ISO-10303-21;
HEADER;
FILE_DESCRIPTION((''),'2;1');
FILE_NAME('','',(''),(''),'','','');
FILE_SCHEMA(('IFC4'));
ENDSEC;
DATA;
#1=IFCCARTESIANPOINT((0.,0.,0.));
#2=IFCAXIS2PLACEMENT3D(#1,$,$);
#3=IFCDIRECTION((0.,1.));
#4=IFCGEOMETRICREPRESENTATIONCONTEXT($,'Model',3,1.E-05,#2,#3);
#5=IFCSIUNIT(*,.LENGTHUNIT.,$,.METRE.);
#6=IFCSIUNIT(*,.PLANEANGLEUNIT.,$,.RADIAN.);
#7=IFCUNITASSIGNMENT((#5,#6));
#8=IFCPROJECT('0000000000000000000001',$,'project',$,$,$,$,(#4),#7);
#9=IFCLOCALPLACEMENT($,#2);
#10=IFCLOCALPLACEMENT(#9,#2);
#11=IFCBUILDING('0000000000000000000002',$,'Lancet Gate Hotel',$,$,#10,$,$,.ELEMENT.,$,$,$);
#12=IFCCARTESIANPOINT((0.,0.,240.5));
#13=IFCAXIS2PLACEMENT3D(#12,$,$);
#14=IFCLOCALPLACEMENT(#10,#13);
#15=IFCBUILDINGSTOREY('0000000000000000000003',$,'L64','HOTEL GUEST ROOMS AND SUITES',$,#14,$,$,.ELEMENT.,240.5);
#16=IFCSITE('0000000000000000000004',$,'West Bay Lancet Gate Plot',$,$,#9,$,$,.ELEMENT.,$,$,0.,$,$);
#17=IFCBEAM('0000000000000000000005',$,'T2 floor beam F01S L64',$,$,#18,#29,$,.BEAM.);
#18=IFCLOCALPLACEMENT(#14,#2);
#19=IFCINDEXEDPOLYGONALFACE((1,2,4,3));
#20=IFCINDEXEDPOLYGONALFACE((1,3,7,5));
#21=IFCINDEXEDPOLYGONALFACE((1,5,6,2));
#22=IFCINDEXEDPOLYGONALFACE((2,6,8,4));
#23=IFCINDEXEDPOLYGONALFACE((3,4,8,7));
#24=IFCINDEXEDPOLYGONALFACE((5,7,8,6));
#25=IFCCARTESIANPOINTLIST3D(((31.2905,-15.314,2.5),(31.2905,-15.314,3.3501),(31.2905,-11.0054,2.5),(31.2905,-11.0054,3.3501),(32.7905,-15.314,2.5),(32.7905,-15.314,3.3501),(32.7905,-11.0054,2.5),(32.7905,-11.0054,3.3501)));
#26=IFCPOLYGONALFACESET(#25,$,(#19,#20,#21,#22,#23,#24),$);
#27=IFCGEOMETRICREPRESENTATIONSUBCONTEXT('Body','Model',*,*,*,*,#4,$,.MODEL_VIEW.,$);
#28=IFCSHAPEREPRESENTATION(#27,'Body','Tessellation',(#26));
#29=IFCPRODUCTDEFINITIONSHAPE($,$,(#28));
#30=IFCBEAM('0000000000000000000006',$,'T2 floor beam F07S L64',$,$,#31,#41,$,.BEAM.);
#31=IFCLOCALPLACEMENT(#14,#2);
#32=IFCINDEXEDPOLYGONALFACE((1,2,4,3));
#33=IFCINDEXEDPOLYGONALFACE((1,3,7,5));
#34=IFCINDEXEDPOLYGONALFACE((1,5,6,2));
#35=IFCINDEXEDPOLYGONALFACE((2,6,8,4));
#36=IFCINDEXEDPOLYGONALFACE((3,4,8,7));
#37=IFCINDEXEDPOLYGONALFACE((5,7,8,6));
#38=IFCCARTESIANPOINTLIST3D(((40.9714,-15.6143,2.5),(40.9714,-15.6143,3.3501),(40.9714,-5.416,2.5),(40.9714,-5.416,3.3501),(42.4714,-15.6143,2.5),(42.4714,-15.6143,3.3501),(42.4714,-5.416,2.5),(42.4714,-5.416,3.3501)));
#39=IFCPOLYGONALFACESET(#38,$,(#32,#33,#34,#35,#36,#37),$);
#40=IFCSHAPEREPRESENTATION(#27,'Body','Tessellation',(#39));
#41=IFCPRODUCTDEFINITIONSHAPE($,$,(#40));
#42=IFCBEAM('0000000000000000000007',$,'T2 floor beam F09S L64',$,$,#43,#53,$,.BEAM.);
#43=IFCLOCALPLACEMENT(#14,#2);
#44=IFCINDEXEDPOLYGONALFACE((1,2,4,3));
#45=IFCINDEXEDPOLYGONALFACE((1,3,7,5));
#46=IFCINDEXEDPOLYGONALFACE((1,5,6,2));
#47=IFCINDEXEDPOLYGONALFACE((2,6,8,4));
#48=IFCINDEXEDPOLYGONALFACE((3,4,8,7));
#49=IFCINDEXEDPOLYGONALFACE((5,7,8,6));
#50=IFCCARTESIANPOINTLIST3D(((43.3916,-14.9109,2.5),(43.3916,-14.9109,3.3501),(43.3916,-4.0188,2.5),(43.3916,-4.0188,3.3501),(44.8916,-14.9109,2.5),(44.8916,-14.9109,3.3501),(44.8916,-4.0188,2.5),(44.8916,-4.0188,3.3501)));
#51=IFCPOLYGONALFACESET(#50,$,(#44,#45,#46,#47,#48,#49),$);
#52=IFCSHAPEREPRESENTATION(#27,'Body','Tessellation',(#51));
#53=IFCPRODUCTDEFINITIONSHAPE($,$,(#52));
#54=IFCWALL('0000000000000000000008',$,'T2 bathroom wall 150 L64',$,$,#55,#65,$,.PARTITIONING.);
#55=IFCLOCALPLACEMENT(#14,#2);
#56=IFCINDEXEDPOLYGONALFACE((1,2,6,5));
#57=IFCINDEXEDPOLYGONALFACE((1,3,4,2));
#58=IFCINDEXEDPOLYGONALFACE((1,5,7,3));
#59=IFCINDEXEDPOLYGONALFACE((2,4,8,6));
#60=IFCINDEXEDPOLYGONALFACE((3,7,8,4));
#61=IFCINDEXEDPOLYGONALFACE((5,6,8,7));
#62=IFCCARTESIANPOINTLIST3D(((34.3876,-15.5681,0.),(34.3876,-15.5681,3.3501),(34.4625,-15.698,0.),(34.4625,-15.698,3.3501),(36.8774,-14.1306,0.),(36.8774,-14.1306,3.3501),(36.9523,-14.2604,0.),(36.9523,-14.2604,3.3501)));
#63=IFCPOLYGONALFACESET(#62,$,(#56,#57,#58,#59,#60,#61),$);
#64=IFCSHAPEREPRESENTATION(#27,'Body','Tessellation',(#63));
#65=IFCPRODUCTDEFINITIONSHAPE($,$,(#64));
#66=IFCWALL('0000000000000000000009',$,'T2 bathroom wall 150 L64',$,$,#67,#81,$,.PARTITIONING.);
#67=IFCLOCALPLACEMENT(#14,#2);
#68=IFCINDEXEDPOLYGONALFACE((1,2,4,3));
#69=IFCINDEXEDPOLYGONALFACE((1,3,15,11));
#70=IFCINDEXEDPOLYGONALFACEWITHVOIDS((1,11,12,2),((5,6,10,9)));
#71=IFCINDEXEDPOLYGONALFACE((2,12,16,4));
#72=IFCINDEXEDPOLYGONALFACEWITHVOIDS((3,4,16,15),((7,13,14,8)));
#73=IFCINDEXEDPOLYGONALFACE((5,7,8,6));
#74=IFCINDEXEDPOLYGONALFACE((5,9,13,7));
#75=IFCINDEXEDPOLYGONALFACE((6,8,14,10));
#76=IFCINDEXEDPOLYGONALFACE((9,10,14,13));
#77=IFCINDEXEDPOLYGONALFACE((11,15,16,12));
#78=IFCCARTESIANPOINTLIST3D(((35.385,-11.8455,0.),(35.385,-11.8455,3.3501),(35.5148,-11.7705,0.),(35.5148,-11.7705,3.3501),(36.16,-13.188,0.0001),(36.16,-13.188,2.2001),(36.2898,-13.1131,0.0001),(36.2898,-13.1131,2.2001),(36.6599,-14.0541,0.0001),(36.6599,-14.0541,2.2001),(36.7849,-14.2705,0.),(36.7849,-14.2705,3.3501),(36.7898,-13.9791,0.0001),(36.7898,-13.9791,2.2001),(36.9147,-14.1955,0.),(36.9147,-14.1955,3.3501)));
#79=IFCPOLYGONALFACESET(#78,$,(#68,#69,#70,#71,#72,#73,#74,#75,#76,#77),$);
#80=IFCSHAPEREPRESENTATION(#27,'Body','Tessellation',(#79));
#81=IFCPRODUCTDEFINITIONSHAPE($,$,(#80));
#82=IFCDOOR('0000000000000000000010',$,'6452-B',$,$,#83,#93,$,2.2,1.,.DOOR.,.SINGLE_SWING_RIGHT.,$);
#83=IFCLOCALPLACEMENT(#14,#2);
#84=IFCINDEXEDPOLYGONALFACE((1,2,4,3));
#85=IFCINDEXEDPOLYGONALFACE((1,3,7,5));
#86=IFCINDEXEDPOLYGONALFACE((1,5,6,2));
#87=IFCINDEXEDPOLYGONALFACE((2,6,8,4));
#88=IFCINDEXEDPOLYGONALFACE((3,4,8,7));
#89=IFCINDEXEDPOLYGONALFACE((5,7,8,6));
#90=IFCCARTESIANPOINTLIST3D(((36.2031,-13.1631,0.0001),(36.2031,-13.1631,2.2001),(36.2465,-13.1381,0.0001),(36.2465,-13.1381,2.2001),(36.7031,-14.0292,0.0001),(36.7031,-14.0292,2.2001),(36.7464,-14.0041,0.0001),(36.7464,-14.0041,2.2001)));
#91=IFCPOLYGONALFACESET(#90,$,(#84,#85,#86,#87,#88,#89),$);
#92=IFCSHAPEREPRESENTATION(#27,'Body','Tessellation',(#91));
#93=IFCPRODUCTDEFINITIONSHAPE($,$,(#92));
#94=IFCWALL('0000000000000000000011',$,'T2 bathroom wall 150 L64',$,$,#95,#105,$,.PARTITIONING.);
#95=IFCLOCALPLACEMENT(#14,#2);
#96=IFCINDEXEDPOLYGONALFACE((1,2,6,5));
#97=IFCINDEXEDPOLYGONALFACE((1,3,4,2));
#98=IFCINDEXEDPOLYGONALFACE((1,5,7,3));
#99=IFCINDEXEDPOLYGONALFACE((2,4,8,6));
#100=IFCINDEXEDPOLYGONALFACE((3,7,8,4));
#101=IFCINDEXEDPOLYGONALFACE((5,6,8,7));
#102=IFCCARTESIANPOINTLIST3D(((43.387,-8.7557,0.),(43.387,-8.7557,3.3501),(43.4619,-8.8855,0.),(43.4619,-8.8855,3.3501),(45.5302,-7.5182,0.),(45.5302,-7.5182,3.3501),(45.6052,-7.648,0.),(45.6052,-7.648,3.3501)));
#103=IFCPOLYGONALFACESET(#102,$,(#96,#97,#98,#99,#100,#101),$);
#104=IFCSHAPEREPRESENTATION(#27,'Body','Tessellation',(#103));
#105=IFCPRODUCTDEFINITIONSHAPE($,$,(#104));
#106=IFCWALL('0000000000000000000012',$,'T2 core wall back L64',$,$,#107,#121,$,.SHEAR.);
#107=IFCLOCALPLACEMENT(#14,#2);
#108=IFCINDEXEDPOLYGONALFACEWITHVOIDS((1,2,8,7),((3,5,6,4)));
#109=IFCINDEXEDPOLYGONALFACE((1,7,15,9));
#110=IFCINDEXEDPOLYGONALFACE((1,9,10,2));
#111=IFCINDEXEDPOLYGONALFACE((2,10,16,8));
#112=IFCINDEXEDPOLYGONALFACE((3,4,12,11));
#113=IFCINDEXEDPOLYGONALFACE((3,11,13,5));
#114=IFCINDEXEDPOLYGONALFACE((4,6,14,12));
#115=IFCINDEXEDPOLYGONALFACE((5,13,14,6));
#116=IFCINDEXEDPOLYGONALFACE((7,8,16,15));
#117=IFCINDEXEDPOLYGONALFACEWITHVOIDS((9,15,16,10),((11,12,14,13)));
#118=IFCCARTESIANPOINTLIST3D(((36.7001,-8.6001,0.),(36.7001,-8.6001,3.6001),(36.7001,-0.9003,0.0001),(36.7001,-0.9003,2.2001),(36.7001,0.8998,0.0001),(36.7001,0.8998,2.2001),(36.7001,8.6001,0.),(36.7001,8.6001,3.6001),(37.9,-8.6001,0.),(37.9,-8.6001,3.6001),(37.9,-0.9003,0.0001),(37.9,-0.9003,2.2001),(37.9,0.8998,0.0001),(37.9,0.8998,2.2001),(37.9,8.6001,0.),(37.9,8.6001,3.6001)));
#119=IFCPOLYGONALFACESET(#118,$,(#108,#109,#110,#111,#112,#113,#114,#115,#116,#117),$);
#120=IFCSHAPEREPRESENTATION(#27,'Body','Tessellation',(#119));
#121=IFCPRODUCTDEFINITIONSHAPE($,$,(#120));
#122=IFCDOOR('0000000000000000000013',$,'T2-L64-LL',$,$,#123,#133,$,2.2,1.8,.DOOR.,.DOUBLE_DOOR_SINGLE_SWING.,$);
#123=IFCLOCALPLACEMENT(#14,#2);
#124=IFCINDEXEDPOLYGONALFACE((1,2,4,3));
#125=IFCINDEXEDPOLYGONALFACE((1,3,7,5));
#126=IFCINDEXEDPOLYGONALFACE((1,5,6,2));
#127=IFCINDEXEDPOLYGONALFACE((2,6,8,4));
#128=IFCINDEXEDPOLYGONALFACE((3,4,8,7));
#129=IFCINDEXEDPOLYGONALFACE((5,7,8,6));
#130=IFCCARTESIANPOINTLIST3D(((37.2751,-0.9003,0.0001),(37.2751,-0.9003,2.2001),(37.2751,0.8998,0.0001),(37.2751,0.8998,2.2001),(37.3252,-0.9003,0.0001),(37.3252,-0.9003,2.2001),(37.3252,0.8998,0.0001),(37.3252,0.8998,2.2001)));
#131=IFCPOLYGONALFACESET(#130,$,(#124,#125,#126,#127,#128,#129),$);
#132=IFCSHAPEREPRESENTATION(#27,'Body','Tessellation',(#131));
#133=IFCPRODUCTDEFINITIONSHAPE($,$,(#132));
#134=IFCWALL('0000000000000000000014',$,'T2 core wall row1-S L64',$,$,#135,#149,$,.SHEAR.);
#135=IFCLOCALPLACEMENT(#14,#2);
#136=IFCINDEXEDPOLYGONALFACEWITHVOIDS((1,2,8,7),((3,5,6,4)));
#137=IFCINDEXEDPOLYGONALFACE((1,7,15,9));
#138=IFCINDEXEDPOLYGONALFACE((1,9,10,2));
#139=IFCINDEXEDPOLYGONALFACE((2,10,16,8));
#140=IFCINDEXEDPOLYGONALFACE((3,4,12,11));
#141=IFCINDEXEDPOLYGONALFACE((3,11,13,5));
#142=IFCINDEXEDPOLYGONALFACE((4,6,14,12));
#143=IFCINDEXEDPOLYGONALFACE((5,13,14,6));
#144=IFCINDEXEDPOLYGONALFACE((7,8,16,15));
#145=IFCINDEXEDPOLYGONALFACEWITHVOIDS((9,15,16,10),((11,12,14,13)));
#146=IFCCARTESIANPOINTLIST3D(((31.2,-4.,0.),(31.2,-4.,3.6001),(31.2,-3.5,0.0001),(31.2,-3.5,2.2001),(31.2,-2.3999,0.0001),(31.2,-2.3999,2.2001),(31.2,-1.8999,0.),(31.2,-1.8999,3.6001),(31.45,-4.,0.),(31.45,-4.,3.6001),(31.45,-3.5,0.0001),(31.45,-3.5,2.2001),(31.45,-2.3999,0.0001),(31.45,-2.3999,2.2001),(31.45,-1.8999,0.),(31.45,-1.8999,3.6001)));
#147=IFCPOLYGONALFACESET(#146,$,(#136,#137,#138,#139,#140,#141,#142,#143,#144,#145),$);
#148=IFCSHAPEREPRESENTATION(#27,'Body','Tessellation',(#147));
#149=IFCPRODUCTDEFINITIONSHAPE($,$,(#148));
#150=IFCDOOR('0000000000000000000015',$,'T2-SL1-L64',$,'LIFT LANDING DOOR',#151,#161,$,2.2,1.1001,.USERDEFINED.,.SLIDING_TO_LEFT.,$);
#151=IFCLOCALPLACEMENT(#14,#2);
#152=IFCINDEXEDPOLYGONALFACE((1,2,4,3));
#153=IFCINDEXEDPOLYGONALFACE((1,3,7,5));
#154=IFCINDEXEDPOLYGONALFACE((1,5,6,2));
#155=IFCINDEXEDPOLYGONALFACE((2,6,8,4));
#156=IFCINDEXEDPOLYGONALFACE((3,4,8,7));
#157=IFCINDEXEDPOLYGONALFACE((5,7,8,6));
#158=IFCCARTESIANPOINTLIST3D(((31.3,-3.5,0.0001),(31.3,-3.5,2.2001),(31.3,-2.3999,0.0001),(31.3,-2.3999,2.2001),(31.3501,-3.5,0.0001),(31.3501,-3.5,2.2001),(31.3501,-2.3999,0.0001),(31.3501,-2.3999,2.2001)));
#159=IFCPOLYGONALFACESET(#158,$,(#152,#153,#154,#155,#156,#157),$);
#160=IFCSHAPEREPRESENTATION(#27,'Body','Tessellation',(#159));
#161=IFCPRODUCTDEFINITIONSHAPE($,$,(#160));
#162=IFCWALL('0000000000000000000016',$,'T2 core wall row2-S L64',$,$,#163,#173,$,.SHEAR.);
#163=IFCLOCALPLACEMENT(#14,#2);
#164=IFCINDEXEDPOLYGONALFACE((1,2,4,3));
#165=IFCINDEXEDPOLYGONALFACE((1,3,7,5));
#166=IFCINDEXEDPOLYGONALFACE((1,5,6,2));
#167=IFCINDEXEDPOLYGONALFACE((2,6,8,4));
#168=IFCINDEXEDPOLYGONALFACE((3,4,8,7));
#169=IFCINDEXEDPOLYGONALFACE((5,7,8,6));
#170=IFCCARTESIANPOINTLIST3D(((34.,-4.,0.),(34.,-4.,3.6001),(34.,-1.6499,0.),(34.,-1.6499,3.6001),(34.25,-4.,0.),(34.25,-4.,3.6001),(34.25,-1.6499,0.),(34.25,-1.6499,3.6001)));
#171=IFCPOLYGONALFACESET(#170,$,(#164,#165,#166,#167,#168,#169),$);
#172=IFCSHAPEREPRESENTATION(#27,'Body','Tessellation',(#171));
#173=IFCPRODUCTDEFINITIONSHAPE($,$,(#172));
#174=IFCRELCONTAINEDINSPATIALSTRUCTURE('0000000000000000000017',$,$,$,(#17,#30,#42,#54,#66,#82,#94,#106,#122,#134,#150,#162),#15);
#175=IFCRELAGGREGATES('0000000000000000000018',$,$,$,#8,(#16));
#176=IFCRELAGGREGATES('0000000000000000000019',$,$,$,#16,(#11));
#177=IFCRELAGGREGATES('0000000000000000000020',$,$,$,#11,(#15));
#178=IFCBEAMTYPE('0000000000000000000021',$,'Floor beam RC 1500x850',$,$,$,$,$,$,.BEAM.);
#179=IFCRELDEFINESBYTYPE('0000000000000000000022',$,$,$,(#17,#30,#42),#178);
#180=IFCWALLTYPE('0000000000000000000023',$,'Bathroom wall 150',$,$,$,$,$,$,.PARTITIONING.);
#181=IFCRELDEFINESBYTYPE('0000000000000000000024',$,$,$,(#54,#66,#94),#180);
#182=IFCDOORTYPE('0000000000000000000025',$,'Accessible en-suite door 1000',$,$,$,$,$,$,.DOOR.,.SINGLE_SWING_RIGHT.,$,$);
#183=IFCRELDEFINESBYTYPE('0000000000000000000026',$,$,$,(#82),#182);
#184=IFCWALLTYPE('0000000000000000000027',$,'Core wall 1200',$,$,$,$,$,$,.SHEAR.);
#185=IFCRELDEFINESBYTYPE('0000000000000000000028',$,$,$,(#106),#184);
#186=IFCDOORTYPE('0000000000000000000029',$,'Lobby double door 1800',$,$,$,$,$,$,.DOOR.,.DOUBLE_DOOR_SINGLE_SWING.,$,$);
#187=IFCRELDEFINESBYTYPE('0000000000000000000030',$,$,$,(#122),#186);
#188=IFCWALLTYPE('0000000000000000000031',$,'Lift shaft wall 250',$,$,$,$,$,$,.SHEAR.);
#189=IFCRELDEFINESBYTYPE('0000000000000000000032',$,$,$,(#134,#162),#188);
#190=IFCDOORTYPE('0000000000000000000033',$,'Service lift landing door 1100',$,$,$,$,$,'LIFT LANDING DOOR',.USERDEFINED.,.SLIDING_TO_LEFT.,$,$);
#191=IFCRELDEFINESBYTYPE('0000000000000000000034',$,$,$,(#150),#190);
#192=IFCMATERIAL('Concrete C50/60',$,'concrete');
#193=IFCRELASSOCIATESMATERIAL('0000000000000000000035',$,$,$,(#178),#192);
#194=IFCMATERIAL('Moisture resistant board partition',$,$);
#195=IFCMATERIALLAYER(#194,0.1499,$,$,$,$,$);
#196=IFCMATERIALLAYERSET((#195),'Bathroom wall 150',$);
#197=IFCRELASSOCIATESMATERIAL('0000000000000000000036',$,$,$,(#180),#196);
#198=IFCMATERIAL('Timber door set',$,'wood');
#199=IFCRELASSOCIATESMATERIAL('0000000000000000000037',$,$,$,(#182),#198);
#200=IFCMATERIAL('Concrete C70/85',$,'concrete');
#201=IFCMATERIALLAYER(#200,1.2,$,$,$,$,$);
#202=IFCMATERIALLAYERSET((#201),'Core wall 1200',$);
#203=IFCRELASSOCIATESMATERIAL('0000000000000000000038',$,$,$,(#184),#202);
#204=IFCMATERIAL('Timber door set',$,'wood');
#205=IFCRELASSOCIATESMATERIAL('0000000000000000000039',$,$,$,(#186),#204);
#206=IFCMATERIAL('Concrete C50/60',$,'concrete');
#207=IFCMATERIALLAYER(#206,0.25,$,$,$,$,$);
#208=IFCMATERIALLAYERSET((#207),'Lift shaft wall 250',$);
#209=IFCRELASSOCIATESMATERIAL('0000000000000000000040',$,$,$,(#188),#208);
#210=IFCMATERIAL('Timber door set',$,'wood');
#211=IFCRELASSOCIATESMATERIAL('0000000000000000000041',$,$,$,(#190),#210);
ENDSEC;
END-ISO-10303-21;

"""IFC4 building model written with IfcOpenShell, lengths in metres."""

from ifc_helpers import new_model, si_unit, direction, frame, frame_2d, origin, origin_2d, place, context, subcontext, project, spatial, rectangle, extrude, material, layer, layer_set, material_profile, profile_set, type_object, element, fill, save


model = new_model("IFC4")

# Units and contexts
model_context = context("Model", 3, precision=1e-05, world=origin(), true_north=direction((0.0, 1.0)))
body_context = subcontext(model_context, "Body", "Model", "MODEL_VIEW")
ifc_project = project(units=[si_unit("LENGTHUNIT", "METRE"), si_unit("PLANEANGLEUNIT", "RADIAN")], contexts=[model_context])

# Site, building, storey
site_placement = place(None, origin())
site = spatial("IfcSite", under=ifc_project, at=site_placement, Name="West Bay Lancet Gate Plot", CompositionType="ELEMENT", RefElevation=0.0)
building_placement = place(site_placement, origin())
building = spatial("IfcBuilding", under=site, at=building_placement, Name="Lancet Gate Hotel", CompositionType="ELEMENT")
storey_placement = place(building_placement, frame((0.0, 0.0, 240.5)))
storey = spatial("IfcBuildingStorey", under=building, at=storey_placement, Name="L64", Description="HOTEL GUEST ROOMS AND SUITES", CompositionType="ELEMENT", Elevation=240.5)

# Beams
ifc_material_1 = material(Name="Concrete C50/60", Category="concrete")
ifc_material_profile = material_profile(ifc_material_1, rectangle(XDim=1.5, YDim=0.8501, at=origin_2d()), Name="RC 1500x850")
ifc_profile_set = profile_set([ifc_material_profile], Name="Concrete C50/60")
beam_type = type_object("IfcBeamType", Name="Floor beam RC 1500x850", PredefinedType="BEAM", material=ifc_profile_set)
beam_1_placement = place(storey_placement, frame((32.0405, -15.314, 2.925), z_axis=(0.0, 1.0, 0.0), x_axis=(-1.0, 0.0, 0.0)))
element("IfcBeam", 1, at=beam_1_placement, inside=storey, type_object=beam_type, Name="T2 floor beam F01S L64", PredefinedType="BEAM", context=body_context, shape_type="SweptSolid", body=[
    extrude(rectangle(XDim=1.5, YDim=0.8501, at=origin_2d()), origin(), (0.0, 0.0, 1.0), 4.3086),
])
beam_2_placement = place(storey_placement, frame((41.7214, -15.6143, 2.925), z_axis=(0.0, 1.0, 0.0), x_axis=(-1.0, 0.0, 0.0)))
element("IfcBeam", 2, at=beam_2_placement, inside=storey, type_object=beam_type, Name="T2 floor beam F07S L64", PredefinedType="BEAM", context=body_context, shape_type="SweptSolid", body=[
    extrude(rectangle(XDim=1.5, YDim=0.8501, at=origin_2d()), origin(), (0.0, 0.0, 1.0), 10.1982),
])
beam_3_placement = place(storey_placement, frame((44.1416, -14.9109, 2.925), z_axis=(0.0, 1.0, 0.0), x_axis=(-1.0, 0.0, 0.0)))
element("IfcBeam", 3, at=beam_3_placement, inside=storey, type_object=beam_type, Name="T2 floor beam F09S L64", PredefinedType="BEAM", context=body_context, shape_type="SweptSolid", body=[
    extrude(rectangle(XDim=1.5, YDim=0.8501, at=origin_2d()), origin(), (0.0, 0.0, 1.0), 10.8921),
])

# Wall
ifc_material_2 = material(Name="Moisture resistant board partition")
ifc_layer_1 = layer(ifc_material_2, 0.1499)
ifc_layer_set_1 = layer_set([ifc_layer_1], Name="Bathroom wall 150")
wall_type_1 = type_object("IfcWallType", Name="Bathroom wall 150", PredefinedType="PARTITIONING", material=ifc_layer_set_1)
wall_1_placement = place(storey_placement, frame((34.425, -15.6331, 0.0), z_axis=(0.0, 0.0, 1.0), x_axis=(0.866019, 0.500012, 0.0)))
element("IfcWall", 4, at=wall_1_placement, inside=storey, type_object=wall_type_1, Name="T2 bathroom wall 150 L64", PredefinedType="PARTITIONING", context=body_context, shape_type="SweptSolid", body=[
    extrude(rectangle(XDim=2.875, YDim=0.1499, at=frame_2d((1.4375, 0.0))), origin(), (0.0, 0.0, 1.0), 3.3501),
])

# Wall, opening, door
wall_2_placement = place(storey_placement, frame((35.45, -11.8081, 0.0), z_axis=(0.0, 0.0, 1.0), x_axis=(0.499946, -0.866056, 0.0)))
wall_2 = element("IfcWall", 5, at=wall_2_placement, inside=storey, type_object=wall_type_1, Name="T2 bathroom wall 150 L64", PredefinedType="PARTITIONING", context=body_context, shape_type="SweptSolid", body=[
    extrude(rectangle(XDim=2.8, YDim=0.1499, at=frame_2d((1.3999, 0.0))), origin(), (0.0, 0.0, 1.0), 3.3501),
])
opening_1_placement = place(wall_2_placement, frame((1.55, 0.0, 0.0)))
opening_1 = element("IfcOpeningElement", 6, at=opening_1_placement, cuts=wall_2, PredefinedType="OPENING", context=body_context, shape_type="SweptSolid", body=[
    extrude(rectangle(XDim=1.0, YDim=2.2, at=frame_2d((0.5, 1.1001))), frame((0.0, 0.085, 0.0), z_axis=(0.0, -1.0, 0.0), x_axis=(1.0, 0.0, 0.0)), (0.0, 0.0, 1.0), 0.1699),
])
ifc_material_3 = material(Name="Timber door set", Category="wood")
door_type_1 = type_object("IfcDoorType", Name="Accessible en-suite door 1000", OperationType="SINGLE_SWING_RIGHT", PredefinedType="DOOR", material=ifc_material_3)
door_1_placement = place(opening_1_placement, origin())
door_1 = element("IfcDoor", 7, at=door_1_placement, inside=storey, type_object=door_type_1, Name="6452-B", OperationType="SINGLE_SWING_RIGHT", OverallHeight=2.2, OverallWidth=1.0, PredefinedType="DOOR", context=body_context, shape_type="SweptSolid", body=[
    extrude(rectangle(XDim=1.0, YDim=2.2, at=frame_2d((0.5, 1.1001))), frame((0.0, 0.0249, 0.0), z_axis=(0.0, -1.0, 0.0), x_axis=(1.0, 0.0, 0.0)), (0.0, 0.0, 1.0), 0.05),
])
fill(opening_1, door_1)

# Wall
wall_3_placement = place(storey_placement, frame((43.4246, -8.8206, 0.0), z_axis=(0.0, 0.0, 1.0), x_axis=(0.866007, 0.500033, 0.0)))
element("IfcWall", 8, at=wall_3_placement, inside=storey, type_object=wall_type_1, Name="T2 bathroom wall 150 L64", PredefinedType="PARTITIONING", context=body_context, shape_type="SweptSolid", body=[
    extrude(rectangle(XDim=2.4749, YDim=0.1499, at=frame_2d((1.2373, 0.0))), origin(), (0.0, 0.0, 1.0), 3.3501),
])

# Walls, openings, doors
ifc_material_4 = material(Name="Concrete C70/85", Category="concrete")
ifc_layer_2 = layer(ifc_material_4, 1.2)
ifc_layer_set_2 = layer_set([ifc_layer_2], Name="Core wall 1200")
wall_type_2 = type_object("IfcWallType", Name="Core wall 1200", PredefinedType="SHEAR", material=ifc_layer_set_2)
wall_4_placement = place(storey_placement, frame((37.3, -8.6001, 0.0), z_axis=(0.0, 0.0, 1.0), x_axis=(0.0, 1.0, 0.0)))
wall_4 = element("IfcWall", 9, at=wall_4_placement, inside=storey, type_object=wall_type_2, Name="T2 core wall back L64", PredefinedType="SHEAR", context=body_context, shape_type="SweptSolid", body=[
    extrude(rectangle(XDim=17.2002, YDim=1.2, at=frame_2d((8.6001, 0.0))), origin(), (0.0, 0.0, 1.0), 3.6001),
])
opening_2_placement = place(wall_4_placement, frame((7.7, 0.0, 0.0)))
opening_2 = element("IfcOpeningElement", 10, at=opening_2_placement, cuts=wall_4, PredefinedType="OPENING", context=body_context, shape_type="SweptSolid", body=[
    extrude(rectangle(XDim=1.8, YDim=2.2, at=frame_2d((0.8999, 1.1001))), frame((0.0, 0.6099, 0.0), z_axis=(0.0, -1.0, 0.0), x_axis=(1.0, 0.0, 0.0)), (0.0, 0.0, 1.0), 1.22),
])
ifc_material_5 = material(Name="Timber door set", Category="wood")
door_type_2 = type_object("IfcDoorType", Name="Lobby double door 1800", OperationType="DOUBLE_DOOR_SINGLE_SWING", PredefinedType="DOOR", material=ifc_material_5)
door_2_placement = place(opening_2_placement, origin())
door_2 = element("IfcDoor", 11, at=door_2_placement, inside=storey, type_object=door_type_2, Name="T2-L64-LL", OperationType="DOUBLE_DOOR_SINGLE_SWING", OverallHeight=2.2, OverallWidth=1.8, PredefinedType="DOOR", context=body_context, shape_type="SweptSolid", body=[
    extrude(rectangle(XDim=1.8, YDim=2.2, at=frame_2d((0.8999, 1.1001))), frame((0.0, 0.0249, 0.0), z_axis=(0.0, -1.0, 0.0), x_axis=(1.0, 0.0, 0.0)), (0.0, 0.0, 1.0), 0.05),
])
fill(opening_2, door_2)
ifc_material_6 = material(Name="Concrete C50/60", Category="concrete")
ifc_layer_3 = layer(ifc_material_6, 0.25)
ifc_layer_set_3 = layer_set([ifc_layer_3], Name="Lift shaft wall 250")
wall_type_3 = type_object("IfcWallType", Name="Lift shaft wall 250", PredefinedType="SHEAR", material=ifc_layer_set_3)
wall_5_placement = place(storey_placement, frame((31.325, -4.0, 0.0), z_axis=(0.0, 0.0, 1.0), x_axis=(0.0, 1.0, 0.0)))
wall_5 = element("IfcWall", 12, at=wall_5_placement, inside=storey, type_object=wall_type_3, Name="T2 core wall row1-S L64", PredefinedType="SHEAR", context=body_context, shape_type="SweptSolid", body=[
    extrude(rectangle(XDim=2.1001, YDim=0.25, at=frame_2d((1.05, 0.0))), origin(), (0.0, 0.0, 1.0), 3.6001),
])
opening_3_placement = place(wall_5_placement, frame((0.5, 0.0, 0.0)))
opening_3 = element("IfcOpeningElement", 13, at=opening_3_placement, cuts=wall_5, PredefinedType="OPENING", context=body_context, shape_type="SweptSolid", body=[
    extrude(rectangle(XDim=1.1001, YDim=2.2, at=frame_2d((0.55, 1.1001))), frame((0.0, 0.135, 0.0), z_axis=(0.0, -1.0, 0.0), x_axis=(1.0, 0.0, 0.0)), (0.0, 0.0, 1.0), 0.27),
])
ifc_material_7 = material(Name="Timber door set", Category="wood")
door_type_3 = type_object("IfcDoorType", Name="Service lift landing door 1100", ElementType="LIFT LANDING DOOR", OperationType="SLIDING_TO_LEFT", PredefinedType="USERDEFINED", material=ifc_material_7)
door_3_placement = place(opening_3_placement, origin())
door_3 = element("IfcDoor", 14, at=door_3_placement, inside=storey, type_object=door_type_3, Name="T2-SL1-L64", ObjectType="LIFT LANDING DOOR", OperationType="SLIDING_TO_LEFT", OverallHeight=2.2, OverallWidth=1.1001, PredefinedType="USERDEFINED", context=body_context, shape_type="SweptSolid", body=[
    extrude(rectangle(XDim=1.1001, YDim=2.2, at=frame_2d((0.55, 1.1001))), frame((0.0, 0.0249, 0.0), z_axis=(0.0, -1.0, 0.0), x_axis=(1.0, 0.0, 0.0)), (0.0, 0.0, 1.0), 0.05),
])
fill(opening_3, door_3)

# Wall
wall_6_placement = place(storey_placement, frame((34.125, -4.0, 0.0), z_axis=(0.0, 0.0, 1.0), x_axis=(0.0, 1.0, 0.0)))
element("IfcWall", 15, at=wall_6_placement, inside=storey, type_object=wall_type_3, Name="T2 core wall row2-S L64", PredefinedType="SHEAR", context=body_context, shape_type="SweptSolid", body=[
    extrude(rectangle(XDim=2.3501, YDim=0.25, at=frame_2d((1.175, 0.0))), origin(), (0.0, 0.0, 1.0), 3.6001),
])

save(model, "model.ifc")
